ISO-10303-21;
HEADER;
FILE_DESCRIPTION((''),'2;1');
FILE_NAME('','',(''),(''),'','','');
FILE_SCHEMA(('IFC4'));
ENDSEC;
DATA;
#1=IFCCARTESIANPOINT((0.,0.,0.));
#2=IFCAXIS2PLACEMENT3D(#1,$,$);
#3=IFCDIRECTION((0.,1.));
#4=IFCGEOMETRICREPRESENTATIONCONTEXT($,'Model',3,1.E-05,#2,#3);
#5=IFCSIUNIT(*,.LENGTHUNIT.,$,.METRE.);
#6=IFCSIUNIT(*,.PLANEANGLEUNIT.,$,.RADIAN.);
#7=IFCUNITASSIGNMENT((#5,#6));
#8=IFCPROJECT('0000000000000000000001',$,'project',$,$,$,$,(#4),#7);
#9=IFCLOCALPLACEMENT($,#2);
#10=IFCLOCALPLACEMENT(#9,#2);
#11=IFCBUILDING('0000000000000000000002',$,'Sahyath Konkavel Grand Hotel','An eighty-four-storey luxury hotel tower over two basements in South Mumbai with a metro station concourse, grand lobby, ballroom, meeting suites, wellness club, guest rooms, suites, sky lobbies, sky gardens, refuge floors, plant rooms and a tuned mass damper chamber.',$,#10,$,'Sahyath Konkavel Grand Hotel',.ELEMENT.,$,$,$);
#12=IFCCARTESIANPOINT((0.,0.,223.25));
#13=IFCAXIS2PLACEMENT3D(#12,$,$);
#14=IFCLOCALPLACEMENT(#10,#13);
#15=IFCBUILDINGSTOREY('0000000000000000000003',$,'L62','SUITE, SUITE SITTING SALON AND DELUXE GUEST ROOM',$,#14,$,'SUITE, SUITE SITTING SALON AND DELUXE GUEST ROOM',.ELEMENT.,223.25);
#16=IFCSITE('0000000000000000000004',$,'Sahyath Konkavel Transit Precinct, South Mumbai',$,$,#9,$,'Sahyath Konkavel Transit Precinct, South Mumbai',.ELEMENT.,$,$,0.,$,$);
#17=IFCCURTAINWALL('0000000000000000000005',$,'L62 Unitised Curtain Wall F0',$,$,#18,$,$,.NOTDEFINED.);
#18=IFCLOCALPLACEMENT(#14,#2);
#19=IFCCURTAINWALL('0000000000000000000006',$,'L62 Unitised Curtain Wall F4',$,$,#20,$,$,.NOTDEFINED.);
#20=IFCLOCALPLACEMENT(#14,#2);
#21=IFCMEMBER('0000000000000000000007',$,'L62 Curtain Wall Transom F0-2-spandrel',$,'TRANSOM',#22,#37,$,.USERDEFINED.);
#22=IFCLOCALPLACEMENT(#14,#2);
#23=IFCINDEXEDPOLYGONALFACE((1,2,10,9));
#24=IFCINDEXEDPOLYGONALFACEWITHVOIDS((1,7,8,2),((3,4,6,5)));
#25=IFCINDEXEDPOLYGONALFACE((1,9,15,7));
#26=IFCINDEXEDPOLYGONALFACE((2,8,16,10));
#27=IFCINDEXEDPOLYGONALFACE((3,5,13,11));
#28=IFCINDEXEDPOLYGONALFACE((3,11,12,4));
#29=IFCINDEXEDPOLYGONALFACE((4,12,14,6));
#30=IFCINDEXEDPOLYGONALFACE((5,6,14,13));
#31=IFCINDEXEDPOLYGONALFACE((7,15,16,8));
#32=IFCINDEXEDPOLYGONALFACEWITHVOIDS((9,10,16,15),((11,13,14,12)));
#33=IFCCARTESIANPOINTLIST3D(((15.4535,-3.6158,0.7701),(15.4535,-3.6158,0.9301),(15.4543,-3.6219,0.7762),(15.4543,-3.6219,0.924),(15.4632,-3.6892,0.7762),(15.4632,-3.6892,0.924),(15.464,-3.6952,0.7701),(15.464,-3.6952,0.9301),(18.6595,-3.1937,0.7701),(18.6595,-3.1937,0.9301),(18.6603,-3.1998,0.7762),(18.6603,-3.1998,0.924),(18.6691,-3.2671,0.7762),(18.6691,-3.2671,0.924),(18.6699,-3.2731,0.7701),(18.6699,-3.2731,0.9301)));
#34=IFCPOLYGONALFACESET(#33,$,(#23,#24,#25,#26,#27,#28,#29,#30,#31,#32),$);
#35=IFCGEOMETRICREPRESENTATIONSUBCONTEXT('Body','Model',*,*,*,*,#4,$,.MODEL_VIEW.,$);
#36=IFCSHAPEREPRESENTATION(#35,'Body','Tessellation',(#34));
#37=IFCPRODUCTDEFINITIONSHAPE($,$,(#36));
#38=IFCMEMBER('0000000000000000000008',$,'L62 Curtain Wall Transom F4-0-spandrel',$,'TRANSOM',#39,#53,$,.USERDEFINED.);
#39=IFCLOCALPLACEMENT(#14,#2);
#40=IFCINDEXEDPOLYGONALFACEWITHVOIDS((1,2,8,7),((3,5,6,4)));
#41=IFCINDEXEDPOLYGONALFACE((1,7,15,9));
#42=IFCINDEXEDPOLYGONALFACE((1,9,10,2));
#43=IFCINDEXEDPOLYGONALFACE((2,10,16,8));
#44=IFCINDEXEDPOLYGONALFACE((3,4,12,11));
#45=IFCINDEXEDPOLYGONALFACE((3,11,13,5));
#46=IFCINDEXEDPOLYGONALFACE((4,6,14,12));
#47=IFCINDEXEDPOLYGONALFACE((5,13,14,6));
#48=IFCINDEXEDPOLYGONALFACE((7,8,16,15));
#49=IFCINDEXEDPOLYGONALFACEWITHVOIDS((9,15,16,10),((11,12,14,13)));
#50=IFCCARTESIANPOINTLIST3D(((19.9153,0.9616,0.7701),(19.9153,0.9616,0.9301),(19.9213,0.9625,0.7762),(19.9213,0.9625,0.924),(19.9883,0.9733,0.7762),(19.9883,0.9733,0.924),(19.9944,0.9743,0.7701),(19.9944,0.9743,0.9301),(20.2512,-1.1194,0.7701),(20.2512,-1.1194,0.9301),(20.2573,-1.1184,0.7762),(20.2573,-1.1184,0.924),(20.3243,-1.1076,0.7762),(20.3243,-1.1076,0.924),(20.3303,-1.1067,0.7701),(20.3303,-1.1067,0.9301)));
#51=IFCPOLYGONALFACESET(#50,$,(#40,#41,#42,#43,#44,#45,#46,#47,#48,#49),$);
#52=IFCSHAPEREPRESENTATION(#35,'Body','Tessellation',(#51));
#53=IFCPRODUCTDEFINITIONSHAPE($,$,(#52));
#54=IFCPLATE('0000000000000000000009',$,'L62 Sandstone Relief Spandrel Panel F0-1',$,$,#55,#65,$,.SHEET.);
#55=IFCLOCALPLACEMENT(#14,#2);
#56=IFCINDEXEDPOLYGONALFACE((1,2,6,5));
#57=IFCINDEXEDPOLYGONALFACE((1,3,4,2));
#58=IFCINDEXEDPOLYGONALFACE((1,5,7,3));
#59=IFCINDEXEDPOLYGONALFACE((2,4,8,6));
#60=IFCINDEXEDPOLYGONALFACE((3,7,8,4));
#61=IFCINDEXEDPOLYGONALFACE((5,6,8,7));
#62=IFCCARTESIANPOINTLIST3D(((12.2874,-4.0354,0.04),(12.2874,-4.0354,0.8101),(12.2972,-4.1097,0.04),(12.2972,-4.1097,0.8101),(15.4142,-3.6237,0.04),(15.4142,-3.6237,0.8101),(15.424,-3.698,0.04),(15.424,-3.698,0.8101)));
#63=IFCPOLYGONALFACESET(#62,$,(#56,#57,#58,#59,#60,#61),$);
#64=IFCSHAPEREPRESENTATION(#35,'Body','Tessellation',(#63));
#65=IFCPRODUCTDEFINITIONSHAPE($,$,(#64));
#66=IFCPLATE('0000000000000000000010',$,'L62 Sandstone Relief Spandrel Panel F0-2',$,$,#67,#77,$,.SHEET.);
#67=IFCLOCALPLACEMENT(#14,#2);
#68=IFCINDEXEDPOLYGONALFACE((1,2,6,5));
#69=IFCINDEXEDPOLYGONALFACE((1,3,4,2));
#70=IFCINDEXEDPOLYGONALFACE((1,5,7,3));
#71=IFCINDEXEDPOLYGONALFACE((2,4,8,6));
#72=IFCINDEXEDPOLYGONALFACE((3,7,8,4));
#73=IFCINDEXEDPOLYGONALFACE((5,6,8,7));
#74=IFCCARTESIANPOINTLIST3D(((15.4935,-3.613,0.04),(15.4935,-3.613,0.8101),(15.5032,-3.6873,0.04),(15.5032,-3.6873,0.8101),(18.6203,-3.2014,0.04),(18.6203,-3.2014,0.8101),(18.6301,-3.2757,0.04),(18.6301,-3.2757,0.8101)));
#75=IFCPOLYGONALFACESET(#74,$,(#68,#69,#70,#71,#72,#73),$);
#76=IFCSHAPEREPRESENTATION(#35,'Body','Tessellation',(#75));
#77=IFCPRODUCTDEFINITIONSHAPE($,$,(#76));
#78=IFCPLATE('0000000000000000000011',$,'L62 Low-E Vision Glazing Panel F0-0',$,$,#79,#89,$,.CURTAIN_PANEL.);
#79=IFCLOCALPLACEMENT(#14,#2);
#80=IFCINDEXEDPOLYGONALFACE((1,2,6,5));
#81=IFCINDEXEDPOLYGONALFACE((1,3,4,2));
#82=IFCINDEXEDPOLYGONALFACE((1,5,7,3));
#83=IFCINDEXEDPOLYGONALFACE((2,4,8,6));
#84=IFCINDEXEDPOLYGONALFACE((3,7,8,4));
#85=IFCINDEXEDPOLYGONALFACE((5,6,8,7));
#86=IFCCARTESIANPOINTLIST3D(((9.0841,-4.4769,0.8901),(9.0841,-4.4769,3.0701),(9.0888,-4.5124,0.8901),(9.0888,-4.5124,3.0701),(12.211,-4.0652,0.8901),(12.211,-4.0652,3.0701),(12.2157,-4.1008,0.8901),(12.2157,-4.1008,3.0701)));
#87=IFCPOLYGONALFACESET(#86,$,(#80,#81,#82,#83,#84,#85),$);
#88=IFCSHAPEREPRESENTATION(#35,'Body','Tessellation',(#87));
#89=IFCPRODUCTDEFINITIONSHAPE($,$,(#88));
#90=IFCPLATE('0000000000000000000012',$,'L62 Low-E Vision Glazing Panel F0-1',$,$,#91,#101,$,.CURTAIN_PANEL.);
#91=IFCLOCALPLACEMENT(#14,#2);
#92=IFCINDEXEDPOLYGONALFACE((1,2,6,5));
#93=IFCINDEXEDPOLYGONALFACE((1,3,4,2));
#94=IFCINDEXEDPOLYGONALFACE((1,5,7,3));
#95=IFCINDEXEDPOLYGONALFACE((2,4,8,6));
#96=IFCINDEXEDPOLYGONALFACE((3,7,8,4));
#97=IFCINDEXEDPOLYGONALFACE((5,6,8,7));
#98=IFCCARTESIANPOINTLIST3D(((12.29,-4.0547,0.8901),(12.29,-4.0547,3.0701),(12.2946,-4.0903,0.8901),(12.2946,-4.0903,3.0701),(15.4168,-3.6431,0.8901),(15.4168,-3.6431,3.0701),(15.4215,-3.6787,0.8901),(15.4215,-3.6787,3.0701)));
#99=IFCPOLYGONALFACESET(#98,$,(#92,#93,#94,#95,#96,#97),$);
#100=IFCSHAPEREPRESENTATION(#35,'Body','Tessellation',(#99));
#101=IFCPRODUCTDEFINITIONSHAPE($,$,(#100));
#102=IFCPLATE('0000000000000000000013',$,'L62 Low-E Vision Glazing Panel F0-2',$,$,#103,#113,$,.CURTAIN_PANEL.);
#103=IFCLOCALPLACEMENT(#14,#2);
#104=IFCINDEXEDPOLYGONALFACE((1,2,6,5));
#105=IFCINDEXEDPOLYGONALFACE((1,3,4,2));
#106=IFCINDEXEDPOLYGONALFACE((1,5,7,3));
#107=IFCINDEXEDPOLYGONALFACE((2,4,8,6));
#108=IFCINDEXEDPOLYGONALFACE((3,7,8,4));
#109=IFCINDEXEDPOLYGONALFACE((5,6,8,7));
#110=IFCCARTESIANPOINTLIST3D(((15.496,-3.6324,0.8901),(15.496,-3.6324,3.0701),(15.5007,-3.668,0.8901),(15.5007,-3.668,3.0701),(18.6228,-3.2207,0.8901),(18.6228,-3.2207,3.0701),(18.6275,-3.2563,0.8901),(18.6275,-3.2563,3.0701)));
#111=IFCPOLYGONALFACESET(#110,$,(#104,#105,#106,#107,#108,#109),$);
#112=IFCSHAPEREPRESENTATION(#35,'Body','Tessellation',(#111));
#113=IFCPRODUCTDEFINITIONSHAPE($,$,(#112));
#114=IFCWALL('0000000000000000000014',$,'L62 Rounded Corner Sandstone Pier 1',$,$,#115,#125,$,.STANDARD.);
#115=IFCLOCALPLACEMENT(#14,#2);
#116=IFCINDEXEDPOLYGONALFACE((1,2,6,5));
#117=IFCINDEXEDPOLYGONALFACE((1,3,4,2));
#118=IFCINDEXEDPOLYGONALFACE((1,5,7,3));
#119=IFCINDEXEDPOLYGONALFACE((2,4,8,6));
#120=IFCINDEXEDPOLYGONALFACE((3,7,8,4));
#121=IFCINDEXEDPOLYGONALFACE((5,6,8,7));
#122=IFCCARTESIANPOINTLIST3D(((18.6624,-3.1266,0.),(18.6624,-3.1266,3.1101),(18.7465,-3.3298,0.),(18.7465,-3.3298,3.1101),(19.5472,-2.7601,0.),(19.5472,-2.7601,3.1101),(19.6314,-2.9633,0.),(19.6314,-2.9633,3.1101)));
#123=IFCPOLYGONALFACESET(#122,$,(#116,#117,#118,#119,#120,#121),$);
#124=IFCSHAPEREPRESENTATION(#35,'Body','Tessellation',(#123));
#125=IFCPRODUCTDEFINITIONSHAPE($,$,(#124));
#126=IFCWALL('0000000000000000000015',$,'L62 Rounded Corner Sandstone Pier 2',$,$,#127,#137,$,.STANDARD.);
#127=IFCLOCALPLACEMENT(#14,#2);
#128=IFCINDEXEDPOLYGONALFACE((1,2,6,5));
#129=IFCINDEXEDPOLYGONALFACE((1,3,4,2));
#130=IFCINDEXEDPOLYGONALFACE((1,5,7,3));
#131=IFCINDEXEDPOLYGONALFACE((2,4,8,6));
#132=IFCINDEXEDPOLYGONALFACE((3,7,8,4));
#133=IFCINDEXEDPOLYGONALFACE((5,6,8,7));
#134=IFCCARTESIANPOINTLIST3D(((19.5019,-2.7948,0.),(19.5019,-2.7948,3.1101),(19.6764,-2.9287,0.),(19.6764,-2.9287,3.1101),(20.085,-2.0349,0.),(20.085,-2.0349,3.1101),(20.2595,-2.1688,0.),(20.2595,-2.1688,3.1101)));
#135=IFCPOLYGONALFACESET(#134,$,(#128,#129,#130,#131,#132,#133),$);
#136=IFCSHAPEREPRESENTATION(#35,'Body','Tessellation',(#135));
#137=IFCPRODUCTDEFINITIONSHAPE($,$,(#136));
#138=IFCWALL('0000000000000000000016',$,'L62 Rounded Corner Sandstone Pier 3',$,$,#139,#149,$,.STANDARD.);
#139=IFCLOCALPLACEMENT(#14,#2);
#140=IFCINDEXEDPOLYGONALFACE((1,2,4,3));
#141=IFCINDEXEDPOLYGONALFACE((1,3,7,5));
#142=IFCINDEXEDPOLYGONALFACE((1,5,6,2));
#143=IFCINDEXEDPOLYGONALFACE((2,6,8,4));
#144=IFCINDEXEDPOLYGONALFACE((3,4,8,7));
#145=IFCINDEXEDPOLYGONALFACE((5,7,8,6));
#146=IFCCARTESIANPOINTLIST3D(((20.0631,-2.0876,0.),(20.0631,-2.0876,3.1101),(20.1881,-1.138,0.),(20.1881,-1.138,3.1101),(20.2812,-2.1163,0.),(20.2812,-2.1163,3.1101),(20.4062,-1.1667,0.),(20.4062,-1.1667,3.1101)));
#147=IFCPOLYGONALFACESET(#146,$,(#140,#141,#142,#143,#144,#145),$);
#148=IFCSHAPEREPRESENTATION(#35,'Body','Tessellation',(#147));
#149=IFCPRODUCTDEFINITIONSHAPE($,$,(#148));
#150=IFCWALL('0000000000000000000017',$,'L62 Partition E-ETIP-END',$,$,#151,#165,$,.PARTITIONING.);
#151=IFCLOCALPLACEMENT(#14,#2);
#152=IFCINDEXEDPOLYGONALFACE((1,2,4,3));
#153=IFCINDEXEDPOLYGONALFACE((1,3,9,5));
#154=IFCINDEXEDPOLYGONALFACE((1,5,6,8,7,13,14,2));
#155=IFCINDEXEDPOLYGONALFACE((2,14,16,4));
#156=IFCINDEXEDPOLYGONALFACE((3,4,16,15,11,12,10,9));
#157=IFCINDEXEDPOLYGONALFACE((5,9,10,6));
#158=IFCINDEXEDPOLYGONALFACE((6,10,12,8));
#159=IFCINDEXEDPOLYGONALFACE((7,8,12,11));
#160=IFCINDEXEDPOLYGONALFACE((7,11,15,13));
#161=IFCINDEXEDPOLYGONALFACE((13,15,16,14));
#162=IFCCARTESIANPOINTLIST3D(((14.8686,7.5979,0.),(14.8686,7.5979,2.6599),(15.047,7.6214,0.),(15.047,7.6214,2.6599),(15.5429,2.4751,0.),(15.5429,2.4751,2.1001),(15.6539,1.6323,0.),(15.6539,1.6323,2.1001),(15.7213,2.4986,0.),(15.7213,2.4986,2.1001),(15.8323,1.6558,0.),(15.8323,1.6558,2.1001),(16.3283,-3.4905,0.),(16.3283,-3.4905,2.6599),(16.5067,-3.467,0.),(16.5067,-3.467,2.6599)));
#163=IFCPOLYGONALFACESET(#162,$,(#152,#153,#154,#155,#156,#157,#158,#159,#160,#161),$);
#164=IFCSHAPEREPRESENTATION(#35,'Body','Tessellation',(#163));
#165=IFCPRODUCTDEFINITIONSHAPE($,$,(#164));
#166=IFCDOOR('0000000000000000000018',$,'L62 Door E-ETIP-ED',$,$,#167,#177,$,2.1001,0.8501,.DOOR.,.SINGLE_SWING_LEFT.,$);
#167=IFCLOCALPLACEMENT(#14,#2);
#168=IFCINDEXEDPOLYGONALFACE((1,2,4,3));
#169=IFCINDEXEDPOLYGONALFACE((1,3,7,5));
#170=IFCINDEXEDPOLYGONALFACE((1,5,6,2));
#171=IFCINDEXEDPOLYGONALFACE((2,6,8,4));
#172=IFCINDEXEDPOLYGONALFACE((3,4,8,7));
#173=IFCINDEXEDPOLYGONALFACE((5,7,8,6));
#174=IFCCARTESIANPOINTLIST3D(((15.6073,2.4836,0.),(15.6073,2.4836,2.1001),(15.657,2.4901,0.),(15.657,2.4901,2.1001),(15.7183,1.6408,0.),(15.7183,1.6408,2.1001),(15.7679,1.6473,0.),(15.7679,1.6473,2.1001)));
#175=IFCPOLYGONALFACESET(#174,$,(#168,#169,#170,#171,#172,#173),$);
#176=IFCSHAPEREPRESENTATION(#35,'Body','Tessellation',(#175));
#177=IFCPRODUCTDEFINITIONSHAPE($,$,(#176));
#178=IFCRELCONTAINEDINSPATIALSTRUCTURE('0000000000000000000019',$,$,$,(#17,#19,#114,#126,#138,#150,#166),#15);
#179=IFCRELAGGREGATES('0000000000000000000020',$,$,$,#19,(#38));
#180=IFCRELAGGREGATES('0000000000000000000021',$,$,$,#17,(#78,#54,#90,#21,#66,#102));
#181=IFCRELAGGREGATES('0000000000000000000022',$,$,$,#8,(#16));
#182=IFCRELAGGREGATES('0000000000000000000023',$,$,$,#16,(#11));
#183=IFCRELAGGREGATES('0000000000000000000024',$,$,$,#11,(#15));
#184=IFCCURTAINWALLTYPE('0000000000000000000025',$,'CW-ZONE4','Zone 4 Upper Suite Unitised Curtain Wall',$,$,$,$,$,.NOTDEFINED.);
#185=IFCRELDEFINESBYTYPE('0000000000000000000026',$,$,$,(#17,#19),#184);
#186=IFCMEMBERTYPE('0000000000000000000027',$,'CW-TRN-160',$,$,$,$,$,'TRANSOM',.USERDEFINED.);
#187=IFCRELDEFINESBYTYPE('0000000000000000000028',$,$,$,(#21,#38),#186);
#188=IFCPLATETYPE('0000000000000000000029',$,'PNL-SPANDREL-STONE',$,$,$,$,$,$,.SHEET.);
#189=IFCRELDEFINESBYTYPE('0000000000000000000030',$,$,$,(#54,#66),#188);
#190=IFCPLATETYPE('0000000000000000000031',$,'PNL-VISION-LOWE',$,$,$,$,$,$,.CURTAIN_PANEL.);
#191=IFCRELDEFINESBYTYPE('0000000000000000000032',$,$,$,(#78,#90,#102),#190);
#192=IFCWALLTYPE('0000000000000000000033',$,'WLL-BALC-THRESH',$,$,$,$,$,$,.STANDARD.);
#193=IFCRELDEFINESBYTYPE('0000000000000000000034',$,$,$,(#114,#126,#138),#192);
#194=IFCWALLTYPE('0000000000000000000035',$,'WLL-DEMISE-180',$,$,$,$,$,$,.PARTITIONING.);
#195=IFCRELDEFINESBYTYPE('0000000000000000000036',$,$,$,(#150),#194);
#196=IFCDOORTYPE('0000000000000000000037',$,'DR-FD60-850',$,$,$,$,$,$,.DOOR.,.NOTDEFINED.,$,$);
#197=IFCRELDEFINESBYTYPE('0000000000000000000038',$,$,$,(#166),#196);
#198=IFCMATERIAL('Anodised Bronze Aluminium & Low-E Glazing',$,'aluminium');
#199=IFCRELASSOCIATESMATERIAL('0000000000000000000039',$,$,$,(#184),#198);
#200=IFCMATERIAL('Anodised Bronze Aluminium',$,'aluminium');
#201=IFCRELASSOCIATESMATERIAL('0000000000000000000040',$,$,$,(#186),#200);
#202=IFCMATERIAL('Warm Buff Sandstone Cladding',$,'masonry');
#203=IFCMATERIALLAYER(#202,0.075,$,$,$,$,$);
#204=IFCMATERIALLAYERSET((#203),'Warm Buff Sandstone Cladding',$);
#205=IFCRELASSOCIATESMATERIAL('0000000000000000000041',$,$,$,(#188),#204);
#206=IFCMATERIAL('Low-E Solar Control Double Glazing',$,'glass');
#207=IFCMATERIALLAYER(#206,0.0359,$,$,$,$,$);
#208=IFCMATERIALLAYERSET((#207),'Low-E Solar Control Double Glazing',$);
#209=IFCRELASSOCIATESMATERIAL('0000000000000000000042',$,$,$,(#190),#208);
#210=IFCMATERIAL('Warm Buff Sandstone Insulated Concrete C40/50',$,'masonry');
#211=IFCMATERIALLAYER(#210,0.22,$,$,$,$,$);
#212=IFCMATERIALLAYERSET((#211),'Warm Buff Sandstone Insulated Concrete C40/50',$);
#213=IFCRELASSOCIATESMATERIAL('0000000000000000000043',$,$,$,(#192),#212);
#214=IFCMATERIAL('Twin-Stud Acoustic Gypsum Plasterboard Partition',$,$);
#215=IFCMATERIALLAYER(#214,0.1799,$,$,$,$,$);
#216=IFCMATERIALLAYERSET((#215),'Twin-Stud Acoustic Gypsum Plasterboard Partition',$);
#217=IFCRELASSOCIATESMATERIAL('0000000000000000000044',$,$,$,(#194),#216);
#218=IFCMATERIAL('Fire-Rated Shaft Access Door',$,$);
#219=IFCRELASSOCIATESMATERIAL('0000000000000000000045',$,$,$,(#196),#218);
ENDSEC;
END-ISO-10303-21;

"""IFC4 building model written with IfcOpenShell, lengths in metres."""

from ifc_helpers import new_model, si_unit, direction, frame, frame_2d, origin, origin_2d, place, context, subcontext, project, spatial, rectangle, hollow_rectangle, extrude, source, transform, mapped, material, layer, layer_set, material_profile, profile_set, type_object, element, fill, aggregate, save


model = new_model("IFC4")

# Units and contexts
model_context = context("Model", 3, precision=1e-05, world=origin(), true_north=direction((0.0, 1.0)))
body_context = subcontext(model_context, "Body", "Model", "MODEL_VIEW")
ifc_project = project(units=[si_unit("LENGTHUNIT", "METRE"), si_unit("PLANEANGLEUNIT", "RADIAN")], contexts=[model_context])

# Site, building, storey
site_placement = place(None, origin())
site = spatial("IfcSite", under=ifc_project, at=site_placement, Name="Sahyath Konkavel Transit Precinct, South Mumbai", LongName="Sahyath Konkavel Transit Precinct, South Mumbai", CompositionType="ELEMENT", RefElevation=0.0)
building_placement = place(site_placement, origin())
building = spatial("IfcBuilding", under=site, at=building_placement, Name="Sahyath Konkavel Grand Hotel", Description="An eighty-four-storey luxury hotel tower over two basements in South Mumbai with a metro station concourse, grand lobby, ballroom, meeting suites, wellness club, guest rooms, suites, sky lobbies, sky gardens, refuge floors, plant rooms and a tuned mass damper chamber.", LongName="Sahyath Konkavel Grand Hotel", CompositionType="ELEMENT")
storey_placement = place(building_placement, frame((0.0, 0.0, 223.25)))
storey = spatial("IfcBuildingStorey", under=building, at=storey_placement, Name="L62", Description="SUITE, SUITE SITTING SALON AND DELUXE GUEST ROOM", LongName="SUITE, SUITE SITTING SALON AND DELUXE GUEST ROOM", CompositionType="ELEMENT", Elevation=223.25)

# Curtain wall
ifc_material_1 = material(Name="Anodised Bronze Aluminium & Low-E Glazing", Category="aluminium")
curtain_wall_type = type_object("IfcCurtainWallType", Name="CW-ZONE4", Description="Zone 4 Upper Suite Unitised Curtain Wall", PredefinedType="NOTDEFINED", material=ifc_material_1)
curtain_wall_1_placement = place(storey_placement, origin())
curtain_wall_1 = element("IfcCurtainWall", 1, at=curtain_wall_1_placement, inside=storey, type_object=curtain_wall_type, Name="L62 Unitised Curtain Wall F0", PredefinedType="NOTDEFINED")
ifc_material_2 = material(Name="Anodised Bronze Aluminium", Category="aluminium")

# Curtain wall
curtain_wall_2_placement = place(storey_placement, origin())
curtain_wall_2 = element("IfcCurtainWall", 2, at=curtain_wall_2_placement, inside=storey, type_object=curtain_wall_type, Name="L62 Unitised Curtain Wall F4", PredefinedType="NOTDEFINED")

# Members
ifc_material_profile_1 = material_profile(ifc_material_2, hollow_rectangle(XDim=0.0801, YDim=0.1599, WallThickness=0.0061, at=origin_2d()), Name="RHS 160x80x6")
ifc_profile_set_1 = profile_set([ifc_material_profile_1], Name="Anodised Bronze Aluminium")
member_type_1 = type_object("IfcMemberType", Name="CW-TRN-160", ElementType="TRANSOM", PredefinedType="USERDEFINED", material=ifc_profile_set_1)
shared_shape_1 = source(origin(), body_context, "Body", "SweptSolid", [
    extrude(hollow_rectangle(XDim=0.0801, YDim=0.1599, WallThickness=0.0061, at=origin_2d()), origin(), (0.0, 0.0, 1.0), 3.2336),
])
member_1_placement = place(storey_placement, frame((15.4587, -3.6555, 0.8501), z_axis=(0.991443, 0.130537, 0.0), x_axis=(-0.130537, 0.991443, 0.0)))
member_1 = element("IfcMember", 3, at=member_1_placement, type_object=member_type_1, Name="L62 Curtain Wall Transom F0-2-spandrel", ObjectType="TRANSOM", PredefinedType="USERDEFINED", context=body_context, shape_type="MappedRepresentation", body=[
    mapped(shared_shape_1, transform((0.0, 0.0, 0.0), scale=1.0)),
])
shared_shape_2 = source(origin(), body_context, "Body", "SweptSolid", [
    extrude(hollow_rectangle(XDim=0.0801, YDim=0.1599, WallThickness=0.0061, at=origin_2d()), origin(), (0.0, 0.0, 1.0), 2.1079),
])
member_2_placement = place(storey_placement, frame((20.2908, -1.113, 0.8501), z_axis=(-0.159364, 0.98722, 0.0), x_axis=(-0.98722, -0.159364, 0.0)))
member_2 = element("IfcMember", 4, at=member_2_placement, type_object=member_type_1, Name="L62 Curtain Wall Transom F4-0-spandrel", ObjectType="TRANSOM", PredefinedType="USERDEFINED", context=body_context, shape_type="MappedRepresentation", body=[
    mapped(shared_shape_2, transform((0.0, 0.0, 0.0), scale=1.0)),
])
aggregate(curtain_wall_2, [member_2])

# Plates
ifc_material_3 = material(Name="Warm Buff Sandstone Cladding", Category="masonry")
ifc_layer_1 = layer(ifc_material_3, 0.075)
ifc_layer_set_1 = layer_set([ifc_layer_1], Name="Warm Buff Sandstone Cladding")
plate_type_1 = type_object("IfcPlateType", Name="PNL-SPANDREL-STONE", PredefinedType="SHEET", material=ifc_layer_set_1)
shared_shape_3 = source(origin(), body_context, "Body", "SweptSolid", [
    extrude(rectangle(XDim=3.1538, YDim=0.075, at=origin_2d()), origin(), (0.0, 0.0, 1.0), 0.77),
])
plate_1_placement = place(storey_placement, frame((13.8557, -3.8667, 0.04), z_axis=(0.0, 0.0, 1.0), x_axis=(0.991445, 0.130526, 0.0)))
plate_1 = element("IfcPlate", 5, at=plate_1_placement, type_object=plate_type_1, Name="L62 Sandstone Relief Spandrel Panel F0-1", PredefinedType="SHEET", context=body_context, shape_type="MappedRepresentation", body=[
    mapped(shared_shape_3, transform((0.0, 0.0, 0.0), scale=1.0)),
])
plate_2_placement = place(storey_placement, frame((17.0618, -3.4443, 0.04), z_axis=(0.0, 0.0, 1.0), x_axis=(0.991445, 0.130526, 0.0)))
plate_2 = element("IfcPlate", 6, at=plate_2_placement, type_object=plate_type_1, Name="L62 Sandstone Relief Spandrel Panel F0-2", PredefinedType="SHEET", context=body_context, shape_type="MappedRepresentation", body=[
    mapped(shared_shape_3, transform((0.0, 0.0, 0.0), scale=1.0)),
])
ifc_material_4 = material(Name="Low-E Solar Control Double Glazing", Category="glass")
ifc_layer_2 = layer(ifc_material_4, 0.0359)
ifc_layer_set_2 = layer_set([ifc_layer_2], Name="Low-E Solar Control Double Glazing")
plate_type_2 = type_object("IfcPlateType", Name="PNL-VISION-LOWE", PredefinedType="CURTAIN_PANEL", material=ifc_layer_set_2)
shared_shape_4 = source(origin(), body_context, "Body", "SweptSolid", [
    extrude(rectangle(XDim=3.1538, YDim=0.0359, at=origin_2d()), origin(), (0.0, 0.0, 1.0), 2.1799),
])
plate_3_placement = place(storey_placement, frame((10.6499, -4.2888, 0.8901), z_axis=(0.0, 0.0, 1.0), x_axis=(0.991445, 0.130526, 0.0)))
plate_3 = element("IfcPlate", 7, at=plate_3_placement, type_object=plate_type_2, Name="L62 Low-E Vision Glazing Panel F0-0", PredefinedType="CURTAIN_PANEL", context=body_context, shape_type="MappedRepresentation", body=[
    mapped(shared_shape_4, transform((0.0, 0.0, 0.0), scale=1.0)),
])
plate_4_placement = place(storey_placement, frame((13.8557, -3.8667, 0.8901), z_axis=(0.0, 0.0, 1.0), x_axis=(0.991445, 0.130526, 0.0)))
plate_4 = element("IfcPlate", 8, at=plate_4_placement, type_object=plate_type_2, Name="L62 Low-E Vision Glazing Panel F0-1", PredefinedType="CURTAIN_PANEL", context=body_context, shape_type="MappedRepresentation", body=[
    mapped(shared_shape_4, transform((0.0, 0.0, 0.0), scale=1.0)),
])
plate_5_placement = place(storey_placement, frame((17.0618, -3.4443, 0.8901), z_axis=(0.0, 0.0, 1.0), x_axis=(0.991445, 0.130526, 0.0)))
plate_5 = element("IfcPlate", 9, at=plate_5_placement, type_object=plate_type_2, Name="L62 Low-E Vision Glazing Panel F0-2", PredefinedType="CURTAIN_PANEL", context=body_context, shape_type="MappedRepresentation", body=[
    mapped(shared_shape_4, transform((0.0, 0.0, 0.0), scale=1.0)),
])
aggregate(curtain_wall_1, [plate_3, plate_1, plate_4, member_1, plate_2, plate_5])

# Walls
ifc_material_5 = material(Name="Warm Buff Sandstone Insulated Concrete C40/50", Category="masonry")
ifc_layer_3 = layer(ifc_material_5, 0.22)
ifc_layer_set_3 = layer_set([ifc_layer_3], Name="Warm Buff Sandstone Insulated Concrete C40/50")
wall_type_1 = type_object("IfcWallType", Name="WLL-BALC-THRESH", PredefinedType="STANDARD", material=ifc_layer_set_3)
for number, where, z_axis, x_axis, name in (
    (10, (18.7043, -3.2283, 0.0), (0.0, 0.0, 1.0), (0.923889, 0.38266, 0.0), "L62 Rounded Corner Sandstone Pier 1"),
    (11, (19.5891, -2.8618, 0.0), (0.0, 0.0, 1.0), (0.608774, 0.793344, 0.0), "L62 Rounded Corner Sandstone Pier 2"),
    (12, (20.1721, -2.1021, 0.0), (0.0, 0.0, 1.0), (0.130527, 0.991445, 0.0), "L62 Rounded Corner Sandstone Pier 3"),
):
    element("IfcWall", number, at=place(storey_placement, frame(where, z_axis=z_axis, x_axis=x_axis)), inside=storey, type_object=wall_type_1, Name=name, PredefinedType="STANDARD", context=body_context, shape_type="SweptSolid", body=[
        extrude(rectangle(XDim=0.9578, YDim=0.22, at=frame_2d((0.479, 0.0))), origin(), (0.0, 0.0, 1.0), 3.1101),
    ])

# Wall, opening, door
ifc_material_6 = material(Name="Twin-Stud Acoustic Gypsum Plasterboard Partition")
ifc_layer_4 = layer(ifc_material_6, 0.1799)
ifc_layer_set_4 = layer_set([ifc_layer_4], Name="Twin-Stud Acoustic Gypsum Plasterboard Partition")
wall_type_2 = type_object("IfcWallType", Name="WLL-DEMISE-180", PredefinedType="PARTITIONING", material=ifc_layer_set_4)
wall_1_placement = place(storey_placement, frame((16.4175, -3.4788, 0.0), z_axis=(0.0, 0.0, 1.0), x_axis=(-0.130518, 0.991446, 0.0)))
wall_1 = element("IfcWall", 13, at=wall_1_placement, inside=storey, type_object=wall_type_2, Name="L62 Partition E-ETIP-END", PredefinedType="PARTITIONING", context=body_context, shape_type="SweptSolid", body=[
    extrude(rectangle(XDim=11.1841, YDim=0.1799, at=frame_2d((5.592, 0.0))), origin(), (0.0, 0.0, 1.0), 2.6599),
])
opening_1_placement = place(wall_1_placement, frame((5.167, 0.0, 0.0)))
opening_1 = element("IfcOpeningElement", 14, at=opening_1_placement, cuts=wall_1, PredefinedType="OPENING", context=body_context, shape_type="SweptSolid", body=[
    extrude(rectangle(XDim=0.8501, YDim=2.1001, at=frame_2d((0.425, 1.05))), frame((0.0, 0.1001, 0.0), z_axis=(0.0, -1.0, 0.0), x_axis=(1.0, 0.0, 0.0)), (0.0, 0.0, 1.0), 0.2),
])
ifc_material_7 = material(Name="Fire-Rated Shaft Access Door")
door_type_1 = type_object("IfcDoorType", Name="DR-FD60-850", OperationType="NOTDEFINED", PredefinedType="DOOR", material=ifc_material_7)
shared_shape_5 = source(origin(), body_context, "Body", "SweptSolid", [
    extrude(rectangle(XDim=0.8501, YDim=0.05, at=origin_2d()), origin(), (0.0, 0.0, 1.0), 2.1001),
])
door_1_placement = place(opening_1_placement, frame((0.425, 0.0, 0.0)))
door_1 = element("IfcDoor", 15, at=door_1_placement, inside=storey, type_object=door_type_1, Name="L62 Door E-ETIP-ED", OperationType="SINGLE_SWING_LEFT", OverallHeight=2.1001, OverallWidth=0.8501, PredefinedType="DOOR", context=body_context, shape_type="MappedRepresentation", body=[
    mapped(shared_shape_5, transform((0.0, 0.0, 0.0), scale=1.0)),
])
fill(opening_1, door_1)

save(model, "model.ifc")
